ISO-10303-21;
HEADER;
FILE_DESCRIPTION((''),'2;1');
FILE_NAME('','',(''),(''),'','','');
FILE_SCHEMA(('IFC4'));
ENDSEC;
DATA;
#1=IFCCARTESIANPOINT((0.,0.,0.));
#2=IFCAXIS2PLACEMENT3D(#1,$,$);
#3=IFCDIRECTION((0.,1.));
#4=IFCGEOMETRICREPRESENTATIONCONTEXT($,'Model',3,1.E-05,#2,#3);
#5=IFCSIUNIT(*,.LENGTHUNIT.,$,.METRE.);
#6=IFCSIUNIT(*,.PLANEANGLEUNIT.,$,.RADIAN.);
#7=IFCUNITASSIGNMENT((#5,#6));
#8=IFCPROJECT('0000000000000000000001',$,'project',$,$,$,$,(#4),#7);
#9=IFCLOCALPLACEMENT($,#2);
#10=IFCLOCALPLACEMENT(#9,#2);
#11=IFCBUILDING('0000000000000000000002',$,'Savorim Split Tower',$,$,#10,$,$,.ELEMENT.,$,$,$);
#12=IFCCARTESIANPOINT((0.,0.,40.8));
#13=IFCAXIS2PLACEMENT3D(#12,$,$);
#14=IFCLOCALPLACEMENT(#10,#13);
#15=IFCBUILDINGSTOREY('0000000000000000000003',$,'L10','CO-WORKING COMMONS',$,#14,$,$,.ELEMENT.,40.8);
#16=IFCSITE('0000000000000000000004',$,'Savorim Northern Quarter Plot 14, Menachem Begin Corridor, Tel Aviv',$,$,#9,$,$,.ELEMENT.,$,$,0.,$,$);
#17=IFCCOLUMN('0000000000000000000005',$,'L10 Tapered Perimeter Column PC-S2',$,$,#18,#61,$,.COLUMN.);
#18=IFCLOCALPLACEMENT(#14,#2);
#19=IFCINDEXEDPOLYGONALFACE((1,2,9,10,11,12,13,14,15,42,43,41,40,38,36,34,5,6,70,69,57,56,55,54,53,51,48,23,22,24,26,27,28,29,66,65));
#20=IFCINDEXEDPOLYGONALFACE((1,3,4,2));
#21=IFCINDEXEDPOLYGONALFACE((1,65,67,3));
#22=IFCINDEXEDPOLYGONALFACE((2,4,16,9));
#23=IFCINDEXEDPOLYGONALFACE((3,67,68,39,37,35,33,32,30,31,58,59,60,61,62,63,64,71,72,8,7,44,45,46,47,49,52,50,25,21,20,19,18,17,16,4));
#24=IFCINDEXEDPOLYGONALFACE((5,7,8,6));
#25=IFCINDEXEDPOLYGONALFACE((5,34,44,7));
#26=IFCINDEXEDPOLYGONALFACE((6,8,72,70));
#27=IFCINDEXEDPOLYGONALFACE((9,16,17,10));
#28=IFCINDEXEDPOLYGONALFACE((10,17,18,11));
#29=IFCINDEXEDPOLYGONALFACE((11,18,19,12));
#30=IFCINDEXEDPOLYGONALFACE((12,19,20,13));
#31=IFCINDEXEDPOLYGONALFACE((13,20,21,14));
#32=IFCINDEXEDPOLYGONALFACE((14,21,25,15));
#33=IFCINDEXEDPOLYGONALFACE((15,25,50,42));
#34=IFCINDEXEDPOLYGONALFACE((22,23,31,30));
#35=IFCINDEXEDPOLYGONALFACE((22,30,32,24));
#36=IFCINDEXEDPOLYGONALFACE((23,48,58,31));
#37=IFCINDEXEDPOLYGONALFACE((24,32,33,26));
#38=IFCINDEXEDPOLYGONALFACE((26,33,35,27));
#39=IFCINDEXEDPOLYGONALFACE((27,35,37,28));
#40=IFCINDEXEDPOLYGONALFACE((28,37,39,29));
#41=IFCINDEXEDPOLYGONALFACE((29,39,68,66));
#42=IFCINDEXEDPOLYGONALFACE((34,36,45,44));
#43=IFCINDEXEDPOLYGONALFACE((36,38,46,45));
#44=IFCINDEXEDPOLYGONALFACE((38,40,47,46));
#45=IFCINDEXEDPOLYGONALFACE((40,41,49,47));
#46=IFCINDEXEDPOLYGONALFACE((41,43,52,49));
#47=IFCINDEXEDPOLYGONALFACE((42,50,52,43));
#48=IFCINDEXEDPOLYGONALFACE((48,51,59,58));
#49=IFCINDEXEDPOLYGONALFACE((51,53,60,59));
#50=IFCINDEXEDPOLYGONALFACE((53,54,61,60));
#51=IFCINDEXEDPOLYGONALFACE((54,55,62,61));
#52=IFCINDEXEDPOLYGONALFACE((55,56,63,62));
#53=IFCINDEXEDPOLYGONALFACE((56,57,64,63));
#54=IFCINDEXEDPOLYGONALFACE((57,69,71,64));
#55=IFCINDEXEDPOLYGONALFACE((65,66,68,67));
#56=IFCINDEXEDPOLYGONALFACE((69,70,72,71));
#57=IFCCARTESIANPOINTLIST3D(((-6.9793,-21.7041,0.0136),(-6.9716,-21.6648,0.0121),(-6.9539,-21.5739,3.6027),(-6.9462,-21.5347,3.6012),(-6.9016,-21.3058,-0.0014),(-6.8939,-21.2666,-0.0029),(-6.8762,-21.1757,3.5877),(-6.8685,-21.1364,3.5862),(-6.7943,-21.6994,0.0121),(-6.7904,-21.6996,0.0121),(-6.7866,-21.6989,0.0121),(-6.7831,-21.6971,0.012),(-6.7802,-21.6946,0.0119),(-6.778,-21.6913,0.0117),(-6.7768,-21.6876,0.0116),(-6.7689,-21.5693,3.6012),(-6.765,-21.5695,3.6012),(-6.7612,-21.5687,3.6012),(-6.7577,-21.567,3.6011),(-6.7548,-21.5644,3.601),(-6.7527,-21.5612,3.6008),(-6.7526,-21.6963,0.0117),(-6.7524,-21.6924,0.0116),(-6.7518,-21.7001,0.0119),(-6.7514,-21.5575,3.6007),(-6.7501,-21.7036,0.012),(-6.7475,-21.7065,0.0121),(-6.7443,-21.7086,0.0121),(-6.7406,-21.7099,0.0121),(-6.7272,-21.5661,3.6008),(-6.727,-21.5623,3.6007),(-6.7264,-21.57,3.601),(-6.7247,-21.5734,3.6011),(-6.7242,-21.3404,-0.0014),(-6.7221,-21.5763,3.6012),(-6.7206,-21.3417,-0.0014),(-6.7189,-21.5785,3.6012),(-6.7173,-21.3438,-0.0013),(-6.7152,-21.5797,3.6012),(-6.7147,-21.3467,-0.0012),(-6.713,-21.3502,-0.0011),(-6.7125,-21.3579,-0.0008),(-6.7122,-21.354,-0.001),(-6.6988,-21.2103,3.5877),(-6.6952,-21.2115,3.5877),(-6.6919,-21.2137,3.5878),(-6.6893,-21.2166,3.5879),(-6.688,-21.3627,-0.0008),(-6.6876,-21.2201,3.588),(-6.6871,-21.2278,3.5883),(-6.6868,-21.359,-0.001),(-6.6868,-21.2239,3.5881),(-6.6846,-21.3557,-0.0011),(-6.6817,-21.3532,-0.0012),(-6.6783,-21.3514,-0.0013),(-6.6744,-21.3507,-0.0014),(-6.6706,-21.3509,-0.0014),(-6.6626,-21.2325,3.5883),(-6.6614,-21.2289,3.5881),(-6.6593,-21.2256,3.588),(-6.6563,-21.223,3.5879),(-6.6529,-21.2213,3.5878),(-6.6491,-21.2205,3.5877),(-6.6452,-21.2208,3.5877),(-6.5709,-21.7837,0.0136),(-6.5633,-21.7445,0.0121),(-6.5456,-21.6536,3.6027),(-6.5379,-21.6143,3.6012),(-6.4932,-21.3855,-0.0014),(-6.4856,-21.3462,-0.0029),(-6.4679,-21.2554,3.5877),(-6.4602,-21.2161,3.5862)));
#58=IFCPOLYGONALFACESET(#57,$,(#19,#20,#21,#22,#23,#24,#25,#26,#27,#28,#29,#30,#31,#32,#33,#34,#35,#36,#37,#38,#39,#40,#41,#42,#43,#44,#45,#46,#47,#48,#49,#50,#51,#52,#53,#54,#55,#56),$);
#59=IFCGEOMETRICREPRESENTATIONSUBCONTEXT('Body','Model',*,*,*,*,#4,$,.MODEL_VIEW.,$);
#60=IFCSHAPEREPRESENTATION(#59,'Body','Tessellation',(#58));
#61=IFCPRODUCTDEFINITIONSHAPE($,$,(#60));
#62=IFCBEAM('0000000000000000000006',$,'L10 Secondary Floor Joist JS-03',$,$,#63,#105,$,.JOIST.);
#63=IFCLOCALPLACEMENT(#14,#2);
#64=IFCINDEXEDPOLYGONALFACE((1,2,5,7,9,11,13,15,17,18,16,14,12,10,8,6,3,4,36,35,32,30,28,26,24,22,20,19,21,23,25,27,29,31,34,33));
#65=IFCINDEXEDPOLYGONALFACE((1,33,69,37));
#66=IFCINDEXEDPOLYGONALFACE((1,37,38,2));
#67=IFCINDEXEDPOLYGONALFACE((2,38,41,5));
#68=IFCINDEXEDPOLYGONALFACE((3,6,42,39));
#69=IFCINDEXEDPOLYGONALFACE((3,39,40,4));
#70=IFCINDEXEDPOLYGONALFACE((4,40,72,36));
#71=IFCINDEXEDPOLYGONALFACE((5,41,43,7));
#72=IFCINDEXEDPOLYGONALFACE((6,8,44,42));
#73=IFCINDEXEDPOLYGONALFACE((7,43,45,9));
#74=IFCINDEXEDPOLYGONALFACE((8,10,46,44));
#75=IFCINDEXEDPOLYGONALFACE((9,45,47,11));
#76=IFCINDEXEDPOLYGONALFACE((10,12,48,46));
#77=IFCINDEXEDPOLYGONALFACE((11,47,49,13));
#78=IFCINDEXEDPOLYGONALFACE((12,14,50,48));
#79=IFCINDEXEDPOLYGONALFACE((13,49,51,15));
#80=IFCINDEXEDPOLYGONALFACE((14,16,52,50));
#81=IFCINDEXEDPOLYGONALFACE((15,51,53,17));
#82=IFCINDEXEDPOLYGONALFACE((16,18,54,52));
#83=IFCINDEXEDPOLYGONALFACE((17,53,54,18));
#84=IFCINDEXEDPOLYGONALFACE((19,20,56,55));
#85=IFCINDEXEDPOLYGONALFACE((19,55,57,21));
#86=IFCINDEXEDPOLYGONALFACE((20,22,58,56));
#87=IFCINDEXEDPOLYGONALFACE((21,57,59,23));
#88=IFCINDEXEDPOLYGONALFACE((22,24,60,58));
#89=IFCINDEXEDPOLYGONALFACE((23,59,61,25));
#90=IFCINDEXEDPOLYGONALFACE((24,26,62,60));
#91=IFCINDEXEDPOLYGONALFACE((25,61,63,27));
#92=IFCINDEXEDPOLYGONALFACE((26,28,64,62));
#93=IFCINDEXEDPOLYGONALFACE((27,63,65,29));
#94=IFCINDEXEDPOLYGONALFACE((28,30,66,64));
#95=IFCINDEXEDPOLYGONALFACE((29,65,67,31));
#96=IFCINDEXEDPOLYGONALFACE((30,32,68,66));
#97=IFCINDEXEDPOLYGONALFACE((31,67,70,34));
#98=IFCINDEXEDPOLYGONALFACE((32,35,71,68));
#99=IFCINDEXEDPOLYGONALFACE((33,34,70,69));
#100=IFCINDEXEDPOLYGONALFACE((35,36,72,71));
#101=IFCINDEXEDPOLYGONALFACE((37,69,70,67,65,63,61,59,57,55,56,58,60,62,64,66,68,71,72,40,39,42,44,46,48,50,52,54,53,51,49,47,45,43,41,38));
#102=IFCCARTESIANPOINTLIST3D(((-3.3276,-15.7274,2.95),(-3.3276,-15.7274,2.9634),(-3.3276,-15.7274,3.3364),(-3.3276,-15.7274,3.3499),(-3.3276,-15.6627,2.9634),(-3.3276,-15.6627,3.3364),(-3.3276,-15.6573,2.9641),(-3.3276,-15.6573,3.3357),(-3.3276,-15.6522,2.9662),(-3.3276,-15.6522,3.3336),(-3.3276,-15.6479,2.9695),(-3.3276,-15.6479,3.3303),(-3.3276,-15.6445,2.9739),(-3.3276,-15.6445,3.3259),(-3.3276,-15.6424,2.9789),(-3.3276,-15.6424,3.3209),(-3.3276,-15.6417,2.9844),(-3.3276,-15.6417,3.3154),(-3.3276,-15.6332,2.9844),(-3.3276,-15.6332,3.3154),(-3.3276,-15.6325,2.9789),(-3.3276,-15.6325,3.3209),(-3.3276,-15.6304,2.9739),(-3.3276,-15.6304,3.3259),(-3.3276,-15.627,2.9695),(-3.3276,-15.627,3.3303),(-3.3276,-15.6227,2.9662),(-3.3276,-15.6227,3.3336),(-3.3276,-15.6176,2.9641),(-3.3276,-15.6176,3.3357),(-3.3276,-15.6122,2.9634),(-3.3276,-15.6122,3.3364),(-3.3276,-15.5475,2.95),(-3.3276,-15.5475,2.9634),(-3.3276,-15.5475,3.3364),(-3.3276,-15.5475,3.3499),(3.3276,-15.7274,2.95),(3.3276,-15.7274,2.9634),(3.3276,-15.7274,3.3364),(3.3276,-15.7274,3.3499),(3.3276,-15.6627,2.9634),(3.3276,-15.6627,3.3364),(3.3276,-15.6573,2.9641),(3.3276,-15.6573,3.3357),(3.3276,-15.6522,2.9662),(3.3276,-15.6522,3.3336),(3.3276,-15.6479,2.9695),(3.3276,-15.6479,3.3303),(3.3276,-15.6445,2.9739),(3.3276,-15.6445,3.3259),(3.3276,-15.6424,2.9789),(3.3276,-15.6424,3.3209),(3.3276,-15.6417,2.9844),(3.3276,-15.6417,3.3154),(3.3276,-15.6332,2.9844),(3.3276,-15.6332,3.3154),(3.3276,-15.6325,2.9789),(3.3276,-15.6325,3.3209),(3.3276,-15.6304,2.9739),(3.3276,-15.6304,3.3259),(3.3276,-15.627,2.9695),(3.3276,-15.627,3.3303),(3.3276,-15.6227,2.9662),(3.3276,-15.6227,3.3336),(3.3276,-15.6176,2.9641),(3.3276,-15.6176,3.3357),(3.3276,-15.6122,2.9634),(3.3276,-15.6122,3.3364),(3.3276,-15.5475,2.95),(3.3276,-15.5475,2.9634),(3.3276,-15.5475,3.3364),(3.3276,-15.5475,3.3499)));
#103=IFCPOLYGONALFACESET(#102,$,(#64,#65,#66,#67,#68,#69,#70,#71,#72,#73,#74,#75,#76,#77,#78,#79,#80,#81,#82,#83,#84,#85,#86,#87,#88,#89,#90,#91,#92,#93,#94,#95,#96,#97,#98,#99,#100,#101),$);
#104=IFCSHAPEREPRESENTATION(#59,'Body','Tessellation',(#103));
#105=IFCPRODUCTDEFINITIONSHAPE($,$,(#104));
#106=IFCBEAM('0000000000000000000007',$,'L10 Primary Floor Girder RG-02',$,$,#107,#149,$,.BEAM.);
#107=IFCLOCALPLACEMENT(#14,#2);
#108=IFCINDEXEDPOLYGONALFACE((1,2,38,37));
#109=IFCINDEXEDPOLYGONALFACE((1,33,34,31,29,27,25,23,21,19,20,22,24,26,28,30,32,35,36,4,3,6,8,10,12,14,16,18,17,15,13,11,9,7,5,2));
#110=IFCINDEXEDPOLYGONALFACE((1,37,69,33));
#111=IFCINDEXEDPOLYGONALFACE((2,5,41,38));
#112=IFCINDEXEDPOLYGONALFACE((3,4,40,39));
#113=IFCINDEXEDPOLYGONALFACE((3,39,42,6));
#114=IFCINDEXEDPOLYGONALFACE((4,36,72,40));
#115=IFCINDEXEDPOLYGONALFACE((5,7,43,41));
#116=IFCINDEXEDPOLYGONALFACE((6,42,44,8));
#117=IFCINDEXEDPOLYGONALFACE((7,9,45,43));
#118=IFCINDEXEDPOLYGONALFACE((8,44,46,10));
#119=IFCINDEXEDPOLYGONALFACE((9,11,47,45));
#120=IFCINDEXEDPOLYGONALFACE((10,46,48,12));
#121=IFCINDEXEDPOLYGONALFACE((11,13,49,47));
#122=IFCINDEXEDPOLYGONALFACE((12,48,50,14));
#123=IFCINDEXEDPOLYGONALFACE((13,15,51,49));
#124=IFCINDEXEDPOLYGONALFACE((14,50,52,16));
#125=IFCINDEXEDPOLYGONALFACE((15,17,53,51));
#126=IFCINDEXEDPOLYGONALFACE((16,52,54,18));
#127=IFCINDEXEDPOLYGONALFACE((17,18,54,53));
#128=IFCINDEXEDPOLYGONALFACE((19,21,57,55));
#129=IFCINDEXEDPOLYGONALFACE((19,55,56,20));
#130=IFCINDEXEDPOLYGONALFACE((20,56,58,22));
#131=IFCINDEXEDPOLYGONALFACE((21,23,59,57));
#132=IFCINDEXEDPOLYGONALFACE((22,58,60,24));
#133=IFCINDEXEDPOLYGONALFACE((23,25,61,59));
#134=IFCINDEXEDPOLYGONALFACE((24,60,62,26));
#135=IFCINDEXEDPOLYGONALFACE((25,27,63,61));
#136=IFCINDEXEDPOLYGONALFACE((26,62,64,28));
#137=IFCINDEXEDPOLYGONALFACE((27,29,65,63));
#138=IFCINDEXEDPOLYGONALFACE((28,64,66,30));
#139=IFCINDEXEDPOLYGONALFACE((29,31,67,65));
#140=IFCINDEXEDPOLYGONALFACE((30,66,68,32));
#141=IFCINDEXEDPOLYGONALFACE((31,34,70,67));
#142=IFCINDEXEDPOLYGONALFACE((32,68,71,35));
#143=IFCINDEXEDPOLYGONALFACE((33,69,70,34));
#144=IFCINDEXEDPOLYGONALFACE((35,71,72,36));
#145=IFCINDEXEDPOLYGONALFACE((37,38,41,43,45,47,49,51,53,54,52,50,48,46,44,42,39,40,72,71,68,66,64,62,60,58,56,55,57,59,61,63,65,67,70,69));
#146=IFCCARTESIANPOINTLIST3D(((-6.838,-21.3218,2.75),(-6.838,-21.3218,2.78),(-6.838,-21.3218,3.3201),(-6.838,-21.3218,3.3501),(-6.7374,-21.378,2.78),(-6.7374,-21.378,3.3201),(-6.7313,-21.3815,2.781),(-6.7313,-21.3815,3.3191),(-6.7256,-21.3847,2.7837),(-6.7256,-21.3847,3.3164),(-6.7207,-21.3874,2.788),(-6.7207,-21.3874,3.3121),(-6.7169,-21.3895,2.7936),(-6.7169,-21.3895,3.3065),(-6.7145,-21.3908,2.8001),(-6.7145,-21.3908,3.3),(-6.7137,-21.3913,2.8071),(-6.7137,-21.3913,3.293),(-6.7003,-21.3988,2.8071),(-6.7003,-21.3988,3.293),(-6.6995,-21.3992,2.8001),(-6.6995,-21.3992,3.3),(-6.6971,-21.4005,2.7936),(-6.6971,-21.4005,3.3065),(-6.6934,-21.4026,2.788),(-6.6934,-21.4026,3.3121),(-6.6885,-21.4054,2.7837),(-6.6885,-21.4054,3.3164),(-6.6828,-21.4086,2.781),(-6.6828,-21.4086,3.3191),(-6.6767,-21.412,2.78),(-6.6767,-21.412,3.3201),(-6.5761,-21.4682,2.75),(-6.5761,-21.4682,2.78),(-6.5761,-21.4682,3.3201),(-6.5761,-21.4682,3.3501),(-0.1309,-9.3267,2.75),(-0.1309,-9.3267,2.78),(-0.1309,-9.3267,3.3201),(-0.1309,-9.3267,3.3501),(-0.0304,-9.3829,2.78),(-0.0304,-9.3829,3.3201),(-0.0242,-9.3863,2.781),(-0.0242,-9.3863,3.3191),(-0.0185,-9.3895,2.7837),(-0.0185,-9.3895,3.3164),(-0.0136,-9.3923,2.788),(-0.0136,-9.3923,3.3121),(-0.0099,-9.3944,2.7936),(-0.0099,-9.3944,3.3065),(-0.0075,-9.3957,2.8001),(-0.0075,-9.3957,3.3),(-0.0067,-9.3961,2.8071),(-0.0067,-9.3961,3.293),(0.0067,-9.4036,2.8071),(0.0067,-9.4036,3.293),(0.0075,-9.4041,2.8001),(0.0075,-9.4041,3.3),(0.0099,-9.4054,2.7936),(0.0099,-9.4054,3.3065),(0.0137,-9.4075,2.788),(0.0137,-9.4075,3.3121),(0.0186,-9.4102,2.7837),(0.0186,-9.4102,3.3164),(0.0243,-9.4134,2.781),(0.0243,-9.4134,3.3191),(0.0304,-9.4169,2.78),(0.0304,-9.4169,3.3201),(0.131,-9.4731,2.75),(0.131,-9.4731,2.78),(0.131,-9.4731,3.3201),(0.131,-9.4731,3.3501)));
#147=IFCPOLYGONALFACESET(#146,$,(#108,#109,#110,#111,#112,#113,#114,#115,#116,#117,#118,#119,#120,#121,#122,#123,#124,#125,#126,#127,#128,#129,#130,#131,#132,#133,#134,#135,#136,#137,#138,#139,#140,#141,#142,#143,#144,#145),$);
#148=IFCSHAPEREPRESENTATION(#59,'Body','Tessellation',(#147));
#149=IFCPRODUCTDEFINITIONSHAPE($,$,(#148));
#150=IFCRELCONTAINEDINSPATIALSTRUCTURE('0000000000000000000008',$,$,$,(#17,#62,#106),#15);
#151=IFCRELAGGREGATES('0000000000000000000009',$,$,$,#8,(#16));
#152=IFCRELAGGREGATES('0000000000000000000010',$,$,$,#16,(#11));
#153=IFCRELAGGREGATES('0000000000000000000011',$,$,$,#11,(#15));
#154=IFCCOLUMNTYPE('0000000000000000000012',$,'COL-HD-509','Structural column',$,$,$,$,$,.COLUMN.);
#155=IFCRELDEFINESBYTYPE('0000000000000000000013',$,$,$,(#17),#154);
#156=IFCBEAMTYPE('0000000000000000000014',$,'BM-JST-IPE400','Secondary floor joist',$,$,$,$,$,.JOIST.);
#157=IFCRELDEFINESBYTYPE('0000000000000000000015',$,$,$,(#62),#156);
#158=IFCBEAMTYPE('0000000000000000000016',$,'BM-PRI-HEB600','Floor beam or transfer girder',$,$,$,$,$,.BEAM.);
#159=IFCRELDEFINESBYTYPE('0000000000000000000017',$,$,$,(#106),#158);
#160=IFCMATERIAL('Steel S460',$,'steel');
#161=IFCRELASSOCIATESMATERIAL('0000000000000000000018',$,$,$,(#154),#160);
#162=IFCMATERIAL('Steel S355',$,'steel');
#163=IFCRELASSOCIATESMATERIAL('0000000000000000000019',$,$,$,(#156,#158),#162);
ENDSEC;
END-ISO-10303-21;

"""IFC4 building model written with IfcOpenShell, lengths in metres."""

from ifc_helpers import new_model, si_unit, direction, frame, origin, origin_2d, place, context, subcontext, project, spatial, i_section, extrude, material, material_profile, profile_set, type_object, element, save


model = new_model("IFC4")

# Units and contexts
model_context = context("Model", 3, precision=1e-05, world=origin(), true_north=direction((0.0, 1.0)))
body_context = subcontext(model_context, "Body", "Model", "MODEL_VIEW")
ifc_project = project(units=[si_unit("LENGTHUNIT", "METRE"), si_unit("PLANEANGLEUNIT", "RADIAN")], contexts=[model_context])

# Site, building, storey
site_placement = place(None, origin())
site = spatial("IfcSite", under=ifc_project, at=site_placement, Name="Savorim Northern Quarter Plot 14, Menachem Begin Corridor, Tel Aviv", CompositionType="ELEMENT", RefElevation=0.0)
building_placement = place(site_placement, origin())
building = spatial("IfcBuilding", under=site, at=building_placement, Name="Savorim Split Tower", CompositionType="ELEMENT")
storey_placement = place(building_placement, frame((0.0, 0.0, 40.8)))
storey = spatial("IfcBuildingStorey", under=building, at=storey_placement, Name="L10", Description="CO-WORKING COMMONS", CompositionType="ELEMENT", Elevation=40.8)

# Column
ifc_material_1 = material(Name="Steel S460", Category="steel")
ifc_material_profile_1 = material_profile(ifc_material_1, i_section(OverallWidth=0.416, OverallDepth=0.446, WebThickness=0.0249, FlangeThickness=0.04, FilletRadius=0.0149, at=origin_2d()), Name="HD 400x509")
ifc_profile_set_1 = profile_set([ifc_material_profile_1], Name="Steel S460")
column_type = type_object("IfcColumnType", Name="COL-HD-509", Description="Structural column", PredefinedType="COLUMN", material=ifc_profile_set_1)
column_placement = place(storey_placement, frame((-6.7324, -21.5251, 0.0054), z_axis=(0.00707, 0.036231, 0.999318), x_axis=(-0.981491, 0.19151, 0.0)))
element("IfcColumn", 1, at=column_placement, inside=storey, type_object=column_type, Name="L10 Tapered Perimeter Column PC-S2", PredefinedType="COLUMN", context=body_context, shape_type="SweptSolid", body=[
    extrude(i_section(OverallWidth=0.416, OverallDepth=0.446, WebThickness=0.0249, FlangeThickness=0.04, FilletRadius=0.0149, at=origin_2d()), origin(), (0.0, 0.0, 1.0), 3.5916),
])

# Beams
ifc_material_2 = material(Name="Steel S355", Category="steel")
ifc_material_profile_2 = material_profile(ifc_material_2, i_section(OverallWidth=0.1799, OverallDepth=0.3999, WebThickness=0.0085, FlangeThickness=0.0134, FilletRadius=0.021, at=origin_2d()), Name="IPE 400")
ifc_profile_set_2 = profile_set([ifc_material_profile_2], Name="Steel S355")
beam_type_1 = type_object("IfcBeamType", Name="BM-JST-IPE400", Description="Secondary floor joist", PredefinedType="JOIST", material=ifc_profile_set_2)
beam_1_placement = place(storey_placement, frame((-3.3276, -15.6375, 3.1499), z_axis=(1.0, 0.0, 0.0), x_axis=(0.0, 1.0, 0.0)))
element("IfcBeam", 2, at=beam_1_placement, inside=storey, type_object=beam_type_1, Name="L10 Secondary Floor Joist JS-03", PredefinedType="JOIST", context=body_context, shape_type="SweptSolid", body=[
    extrude(i_section(OverallWidth=0.1799, OverallDepth=0.3999, WebThickness=0.0085, FlangeThickness=0.0134, FilletRadius=0.021, at=origin_2d()), origin(), (0.0, 0.0, 1.0), 6.6553),
])
ifc_material_profile_3 = material_profile(ifc_material_2, i_section(OverallWidth=0.3, OverallDepth=0.6001, WebThickness=0.0154, FlangeThickness=0.03, FilletRadius=0.0271, at=origin_2d()), Name="HEB 600")
ifc_profile_set_3 = profile_set([ifc_material_profile_3], Name="Steel S355")
beam_type_2 = type_object("IfcBeamType", Name="BM-PRI-HEB600", Description="Floor beam or transfer girder", PredefinedType="BEAM", material=ifc_profile_set_3)
beam_2_placement = place(storey_placement, frame((-6.707, -21.395, 3.05), z_axis=(0.488036, 0.872823, 0.0), x_axis=(-0.872823, 0.488036, 0.0)))
element("IfcBeam", 3, at=beam_2_placement, inside=storey, type_object=beam_type_2, Name="L10 Primary Floor Girder RG-02", PredefinedType="BEAM", context=body_context, shape_type="SweptSolid", body=[
    extrude(i_section(OverallWidth=0.3, OverallDepth=0.6001, WebThickness=0.0154, FlangeThickness=0.03, FilletRadius=0.0271, at=origin_2d()), origin(), (0.0, 0.0, 1.0), 13.7429),
])

save(model, "model.ifc")
